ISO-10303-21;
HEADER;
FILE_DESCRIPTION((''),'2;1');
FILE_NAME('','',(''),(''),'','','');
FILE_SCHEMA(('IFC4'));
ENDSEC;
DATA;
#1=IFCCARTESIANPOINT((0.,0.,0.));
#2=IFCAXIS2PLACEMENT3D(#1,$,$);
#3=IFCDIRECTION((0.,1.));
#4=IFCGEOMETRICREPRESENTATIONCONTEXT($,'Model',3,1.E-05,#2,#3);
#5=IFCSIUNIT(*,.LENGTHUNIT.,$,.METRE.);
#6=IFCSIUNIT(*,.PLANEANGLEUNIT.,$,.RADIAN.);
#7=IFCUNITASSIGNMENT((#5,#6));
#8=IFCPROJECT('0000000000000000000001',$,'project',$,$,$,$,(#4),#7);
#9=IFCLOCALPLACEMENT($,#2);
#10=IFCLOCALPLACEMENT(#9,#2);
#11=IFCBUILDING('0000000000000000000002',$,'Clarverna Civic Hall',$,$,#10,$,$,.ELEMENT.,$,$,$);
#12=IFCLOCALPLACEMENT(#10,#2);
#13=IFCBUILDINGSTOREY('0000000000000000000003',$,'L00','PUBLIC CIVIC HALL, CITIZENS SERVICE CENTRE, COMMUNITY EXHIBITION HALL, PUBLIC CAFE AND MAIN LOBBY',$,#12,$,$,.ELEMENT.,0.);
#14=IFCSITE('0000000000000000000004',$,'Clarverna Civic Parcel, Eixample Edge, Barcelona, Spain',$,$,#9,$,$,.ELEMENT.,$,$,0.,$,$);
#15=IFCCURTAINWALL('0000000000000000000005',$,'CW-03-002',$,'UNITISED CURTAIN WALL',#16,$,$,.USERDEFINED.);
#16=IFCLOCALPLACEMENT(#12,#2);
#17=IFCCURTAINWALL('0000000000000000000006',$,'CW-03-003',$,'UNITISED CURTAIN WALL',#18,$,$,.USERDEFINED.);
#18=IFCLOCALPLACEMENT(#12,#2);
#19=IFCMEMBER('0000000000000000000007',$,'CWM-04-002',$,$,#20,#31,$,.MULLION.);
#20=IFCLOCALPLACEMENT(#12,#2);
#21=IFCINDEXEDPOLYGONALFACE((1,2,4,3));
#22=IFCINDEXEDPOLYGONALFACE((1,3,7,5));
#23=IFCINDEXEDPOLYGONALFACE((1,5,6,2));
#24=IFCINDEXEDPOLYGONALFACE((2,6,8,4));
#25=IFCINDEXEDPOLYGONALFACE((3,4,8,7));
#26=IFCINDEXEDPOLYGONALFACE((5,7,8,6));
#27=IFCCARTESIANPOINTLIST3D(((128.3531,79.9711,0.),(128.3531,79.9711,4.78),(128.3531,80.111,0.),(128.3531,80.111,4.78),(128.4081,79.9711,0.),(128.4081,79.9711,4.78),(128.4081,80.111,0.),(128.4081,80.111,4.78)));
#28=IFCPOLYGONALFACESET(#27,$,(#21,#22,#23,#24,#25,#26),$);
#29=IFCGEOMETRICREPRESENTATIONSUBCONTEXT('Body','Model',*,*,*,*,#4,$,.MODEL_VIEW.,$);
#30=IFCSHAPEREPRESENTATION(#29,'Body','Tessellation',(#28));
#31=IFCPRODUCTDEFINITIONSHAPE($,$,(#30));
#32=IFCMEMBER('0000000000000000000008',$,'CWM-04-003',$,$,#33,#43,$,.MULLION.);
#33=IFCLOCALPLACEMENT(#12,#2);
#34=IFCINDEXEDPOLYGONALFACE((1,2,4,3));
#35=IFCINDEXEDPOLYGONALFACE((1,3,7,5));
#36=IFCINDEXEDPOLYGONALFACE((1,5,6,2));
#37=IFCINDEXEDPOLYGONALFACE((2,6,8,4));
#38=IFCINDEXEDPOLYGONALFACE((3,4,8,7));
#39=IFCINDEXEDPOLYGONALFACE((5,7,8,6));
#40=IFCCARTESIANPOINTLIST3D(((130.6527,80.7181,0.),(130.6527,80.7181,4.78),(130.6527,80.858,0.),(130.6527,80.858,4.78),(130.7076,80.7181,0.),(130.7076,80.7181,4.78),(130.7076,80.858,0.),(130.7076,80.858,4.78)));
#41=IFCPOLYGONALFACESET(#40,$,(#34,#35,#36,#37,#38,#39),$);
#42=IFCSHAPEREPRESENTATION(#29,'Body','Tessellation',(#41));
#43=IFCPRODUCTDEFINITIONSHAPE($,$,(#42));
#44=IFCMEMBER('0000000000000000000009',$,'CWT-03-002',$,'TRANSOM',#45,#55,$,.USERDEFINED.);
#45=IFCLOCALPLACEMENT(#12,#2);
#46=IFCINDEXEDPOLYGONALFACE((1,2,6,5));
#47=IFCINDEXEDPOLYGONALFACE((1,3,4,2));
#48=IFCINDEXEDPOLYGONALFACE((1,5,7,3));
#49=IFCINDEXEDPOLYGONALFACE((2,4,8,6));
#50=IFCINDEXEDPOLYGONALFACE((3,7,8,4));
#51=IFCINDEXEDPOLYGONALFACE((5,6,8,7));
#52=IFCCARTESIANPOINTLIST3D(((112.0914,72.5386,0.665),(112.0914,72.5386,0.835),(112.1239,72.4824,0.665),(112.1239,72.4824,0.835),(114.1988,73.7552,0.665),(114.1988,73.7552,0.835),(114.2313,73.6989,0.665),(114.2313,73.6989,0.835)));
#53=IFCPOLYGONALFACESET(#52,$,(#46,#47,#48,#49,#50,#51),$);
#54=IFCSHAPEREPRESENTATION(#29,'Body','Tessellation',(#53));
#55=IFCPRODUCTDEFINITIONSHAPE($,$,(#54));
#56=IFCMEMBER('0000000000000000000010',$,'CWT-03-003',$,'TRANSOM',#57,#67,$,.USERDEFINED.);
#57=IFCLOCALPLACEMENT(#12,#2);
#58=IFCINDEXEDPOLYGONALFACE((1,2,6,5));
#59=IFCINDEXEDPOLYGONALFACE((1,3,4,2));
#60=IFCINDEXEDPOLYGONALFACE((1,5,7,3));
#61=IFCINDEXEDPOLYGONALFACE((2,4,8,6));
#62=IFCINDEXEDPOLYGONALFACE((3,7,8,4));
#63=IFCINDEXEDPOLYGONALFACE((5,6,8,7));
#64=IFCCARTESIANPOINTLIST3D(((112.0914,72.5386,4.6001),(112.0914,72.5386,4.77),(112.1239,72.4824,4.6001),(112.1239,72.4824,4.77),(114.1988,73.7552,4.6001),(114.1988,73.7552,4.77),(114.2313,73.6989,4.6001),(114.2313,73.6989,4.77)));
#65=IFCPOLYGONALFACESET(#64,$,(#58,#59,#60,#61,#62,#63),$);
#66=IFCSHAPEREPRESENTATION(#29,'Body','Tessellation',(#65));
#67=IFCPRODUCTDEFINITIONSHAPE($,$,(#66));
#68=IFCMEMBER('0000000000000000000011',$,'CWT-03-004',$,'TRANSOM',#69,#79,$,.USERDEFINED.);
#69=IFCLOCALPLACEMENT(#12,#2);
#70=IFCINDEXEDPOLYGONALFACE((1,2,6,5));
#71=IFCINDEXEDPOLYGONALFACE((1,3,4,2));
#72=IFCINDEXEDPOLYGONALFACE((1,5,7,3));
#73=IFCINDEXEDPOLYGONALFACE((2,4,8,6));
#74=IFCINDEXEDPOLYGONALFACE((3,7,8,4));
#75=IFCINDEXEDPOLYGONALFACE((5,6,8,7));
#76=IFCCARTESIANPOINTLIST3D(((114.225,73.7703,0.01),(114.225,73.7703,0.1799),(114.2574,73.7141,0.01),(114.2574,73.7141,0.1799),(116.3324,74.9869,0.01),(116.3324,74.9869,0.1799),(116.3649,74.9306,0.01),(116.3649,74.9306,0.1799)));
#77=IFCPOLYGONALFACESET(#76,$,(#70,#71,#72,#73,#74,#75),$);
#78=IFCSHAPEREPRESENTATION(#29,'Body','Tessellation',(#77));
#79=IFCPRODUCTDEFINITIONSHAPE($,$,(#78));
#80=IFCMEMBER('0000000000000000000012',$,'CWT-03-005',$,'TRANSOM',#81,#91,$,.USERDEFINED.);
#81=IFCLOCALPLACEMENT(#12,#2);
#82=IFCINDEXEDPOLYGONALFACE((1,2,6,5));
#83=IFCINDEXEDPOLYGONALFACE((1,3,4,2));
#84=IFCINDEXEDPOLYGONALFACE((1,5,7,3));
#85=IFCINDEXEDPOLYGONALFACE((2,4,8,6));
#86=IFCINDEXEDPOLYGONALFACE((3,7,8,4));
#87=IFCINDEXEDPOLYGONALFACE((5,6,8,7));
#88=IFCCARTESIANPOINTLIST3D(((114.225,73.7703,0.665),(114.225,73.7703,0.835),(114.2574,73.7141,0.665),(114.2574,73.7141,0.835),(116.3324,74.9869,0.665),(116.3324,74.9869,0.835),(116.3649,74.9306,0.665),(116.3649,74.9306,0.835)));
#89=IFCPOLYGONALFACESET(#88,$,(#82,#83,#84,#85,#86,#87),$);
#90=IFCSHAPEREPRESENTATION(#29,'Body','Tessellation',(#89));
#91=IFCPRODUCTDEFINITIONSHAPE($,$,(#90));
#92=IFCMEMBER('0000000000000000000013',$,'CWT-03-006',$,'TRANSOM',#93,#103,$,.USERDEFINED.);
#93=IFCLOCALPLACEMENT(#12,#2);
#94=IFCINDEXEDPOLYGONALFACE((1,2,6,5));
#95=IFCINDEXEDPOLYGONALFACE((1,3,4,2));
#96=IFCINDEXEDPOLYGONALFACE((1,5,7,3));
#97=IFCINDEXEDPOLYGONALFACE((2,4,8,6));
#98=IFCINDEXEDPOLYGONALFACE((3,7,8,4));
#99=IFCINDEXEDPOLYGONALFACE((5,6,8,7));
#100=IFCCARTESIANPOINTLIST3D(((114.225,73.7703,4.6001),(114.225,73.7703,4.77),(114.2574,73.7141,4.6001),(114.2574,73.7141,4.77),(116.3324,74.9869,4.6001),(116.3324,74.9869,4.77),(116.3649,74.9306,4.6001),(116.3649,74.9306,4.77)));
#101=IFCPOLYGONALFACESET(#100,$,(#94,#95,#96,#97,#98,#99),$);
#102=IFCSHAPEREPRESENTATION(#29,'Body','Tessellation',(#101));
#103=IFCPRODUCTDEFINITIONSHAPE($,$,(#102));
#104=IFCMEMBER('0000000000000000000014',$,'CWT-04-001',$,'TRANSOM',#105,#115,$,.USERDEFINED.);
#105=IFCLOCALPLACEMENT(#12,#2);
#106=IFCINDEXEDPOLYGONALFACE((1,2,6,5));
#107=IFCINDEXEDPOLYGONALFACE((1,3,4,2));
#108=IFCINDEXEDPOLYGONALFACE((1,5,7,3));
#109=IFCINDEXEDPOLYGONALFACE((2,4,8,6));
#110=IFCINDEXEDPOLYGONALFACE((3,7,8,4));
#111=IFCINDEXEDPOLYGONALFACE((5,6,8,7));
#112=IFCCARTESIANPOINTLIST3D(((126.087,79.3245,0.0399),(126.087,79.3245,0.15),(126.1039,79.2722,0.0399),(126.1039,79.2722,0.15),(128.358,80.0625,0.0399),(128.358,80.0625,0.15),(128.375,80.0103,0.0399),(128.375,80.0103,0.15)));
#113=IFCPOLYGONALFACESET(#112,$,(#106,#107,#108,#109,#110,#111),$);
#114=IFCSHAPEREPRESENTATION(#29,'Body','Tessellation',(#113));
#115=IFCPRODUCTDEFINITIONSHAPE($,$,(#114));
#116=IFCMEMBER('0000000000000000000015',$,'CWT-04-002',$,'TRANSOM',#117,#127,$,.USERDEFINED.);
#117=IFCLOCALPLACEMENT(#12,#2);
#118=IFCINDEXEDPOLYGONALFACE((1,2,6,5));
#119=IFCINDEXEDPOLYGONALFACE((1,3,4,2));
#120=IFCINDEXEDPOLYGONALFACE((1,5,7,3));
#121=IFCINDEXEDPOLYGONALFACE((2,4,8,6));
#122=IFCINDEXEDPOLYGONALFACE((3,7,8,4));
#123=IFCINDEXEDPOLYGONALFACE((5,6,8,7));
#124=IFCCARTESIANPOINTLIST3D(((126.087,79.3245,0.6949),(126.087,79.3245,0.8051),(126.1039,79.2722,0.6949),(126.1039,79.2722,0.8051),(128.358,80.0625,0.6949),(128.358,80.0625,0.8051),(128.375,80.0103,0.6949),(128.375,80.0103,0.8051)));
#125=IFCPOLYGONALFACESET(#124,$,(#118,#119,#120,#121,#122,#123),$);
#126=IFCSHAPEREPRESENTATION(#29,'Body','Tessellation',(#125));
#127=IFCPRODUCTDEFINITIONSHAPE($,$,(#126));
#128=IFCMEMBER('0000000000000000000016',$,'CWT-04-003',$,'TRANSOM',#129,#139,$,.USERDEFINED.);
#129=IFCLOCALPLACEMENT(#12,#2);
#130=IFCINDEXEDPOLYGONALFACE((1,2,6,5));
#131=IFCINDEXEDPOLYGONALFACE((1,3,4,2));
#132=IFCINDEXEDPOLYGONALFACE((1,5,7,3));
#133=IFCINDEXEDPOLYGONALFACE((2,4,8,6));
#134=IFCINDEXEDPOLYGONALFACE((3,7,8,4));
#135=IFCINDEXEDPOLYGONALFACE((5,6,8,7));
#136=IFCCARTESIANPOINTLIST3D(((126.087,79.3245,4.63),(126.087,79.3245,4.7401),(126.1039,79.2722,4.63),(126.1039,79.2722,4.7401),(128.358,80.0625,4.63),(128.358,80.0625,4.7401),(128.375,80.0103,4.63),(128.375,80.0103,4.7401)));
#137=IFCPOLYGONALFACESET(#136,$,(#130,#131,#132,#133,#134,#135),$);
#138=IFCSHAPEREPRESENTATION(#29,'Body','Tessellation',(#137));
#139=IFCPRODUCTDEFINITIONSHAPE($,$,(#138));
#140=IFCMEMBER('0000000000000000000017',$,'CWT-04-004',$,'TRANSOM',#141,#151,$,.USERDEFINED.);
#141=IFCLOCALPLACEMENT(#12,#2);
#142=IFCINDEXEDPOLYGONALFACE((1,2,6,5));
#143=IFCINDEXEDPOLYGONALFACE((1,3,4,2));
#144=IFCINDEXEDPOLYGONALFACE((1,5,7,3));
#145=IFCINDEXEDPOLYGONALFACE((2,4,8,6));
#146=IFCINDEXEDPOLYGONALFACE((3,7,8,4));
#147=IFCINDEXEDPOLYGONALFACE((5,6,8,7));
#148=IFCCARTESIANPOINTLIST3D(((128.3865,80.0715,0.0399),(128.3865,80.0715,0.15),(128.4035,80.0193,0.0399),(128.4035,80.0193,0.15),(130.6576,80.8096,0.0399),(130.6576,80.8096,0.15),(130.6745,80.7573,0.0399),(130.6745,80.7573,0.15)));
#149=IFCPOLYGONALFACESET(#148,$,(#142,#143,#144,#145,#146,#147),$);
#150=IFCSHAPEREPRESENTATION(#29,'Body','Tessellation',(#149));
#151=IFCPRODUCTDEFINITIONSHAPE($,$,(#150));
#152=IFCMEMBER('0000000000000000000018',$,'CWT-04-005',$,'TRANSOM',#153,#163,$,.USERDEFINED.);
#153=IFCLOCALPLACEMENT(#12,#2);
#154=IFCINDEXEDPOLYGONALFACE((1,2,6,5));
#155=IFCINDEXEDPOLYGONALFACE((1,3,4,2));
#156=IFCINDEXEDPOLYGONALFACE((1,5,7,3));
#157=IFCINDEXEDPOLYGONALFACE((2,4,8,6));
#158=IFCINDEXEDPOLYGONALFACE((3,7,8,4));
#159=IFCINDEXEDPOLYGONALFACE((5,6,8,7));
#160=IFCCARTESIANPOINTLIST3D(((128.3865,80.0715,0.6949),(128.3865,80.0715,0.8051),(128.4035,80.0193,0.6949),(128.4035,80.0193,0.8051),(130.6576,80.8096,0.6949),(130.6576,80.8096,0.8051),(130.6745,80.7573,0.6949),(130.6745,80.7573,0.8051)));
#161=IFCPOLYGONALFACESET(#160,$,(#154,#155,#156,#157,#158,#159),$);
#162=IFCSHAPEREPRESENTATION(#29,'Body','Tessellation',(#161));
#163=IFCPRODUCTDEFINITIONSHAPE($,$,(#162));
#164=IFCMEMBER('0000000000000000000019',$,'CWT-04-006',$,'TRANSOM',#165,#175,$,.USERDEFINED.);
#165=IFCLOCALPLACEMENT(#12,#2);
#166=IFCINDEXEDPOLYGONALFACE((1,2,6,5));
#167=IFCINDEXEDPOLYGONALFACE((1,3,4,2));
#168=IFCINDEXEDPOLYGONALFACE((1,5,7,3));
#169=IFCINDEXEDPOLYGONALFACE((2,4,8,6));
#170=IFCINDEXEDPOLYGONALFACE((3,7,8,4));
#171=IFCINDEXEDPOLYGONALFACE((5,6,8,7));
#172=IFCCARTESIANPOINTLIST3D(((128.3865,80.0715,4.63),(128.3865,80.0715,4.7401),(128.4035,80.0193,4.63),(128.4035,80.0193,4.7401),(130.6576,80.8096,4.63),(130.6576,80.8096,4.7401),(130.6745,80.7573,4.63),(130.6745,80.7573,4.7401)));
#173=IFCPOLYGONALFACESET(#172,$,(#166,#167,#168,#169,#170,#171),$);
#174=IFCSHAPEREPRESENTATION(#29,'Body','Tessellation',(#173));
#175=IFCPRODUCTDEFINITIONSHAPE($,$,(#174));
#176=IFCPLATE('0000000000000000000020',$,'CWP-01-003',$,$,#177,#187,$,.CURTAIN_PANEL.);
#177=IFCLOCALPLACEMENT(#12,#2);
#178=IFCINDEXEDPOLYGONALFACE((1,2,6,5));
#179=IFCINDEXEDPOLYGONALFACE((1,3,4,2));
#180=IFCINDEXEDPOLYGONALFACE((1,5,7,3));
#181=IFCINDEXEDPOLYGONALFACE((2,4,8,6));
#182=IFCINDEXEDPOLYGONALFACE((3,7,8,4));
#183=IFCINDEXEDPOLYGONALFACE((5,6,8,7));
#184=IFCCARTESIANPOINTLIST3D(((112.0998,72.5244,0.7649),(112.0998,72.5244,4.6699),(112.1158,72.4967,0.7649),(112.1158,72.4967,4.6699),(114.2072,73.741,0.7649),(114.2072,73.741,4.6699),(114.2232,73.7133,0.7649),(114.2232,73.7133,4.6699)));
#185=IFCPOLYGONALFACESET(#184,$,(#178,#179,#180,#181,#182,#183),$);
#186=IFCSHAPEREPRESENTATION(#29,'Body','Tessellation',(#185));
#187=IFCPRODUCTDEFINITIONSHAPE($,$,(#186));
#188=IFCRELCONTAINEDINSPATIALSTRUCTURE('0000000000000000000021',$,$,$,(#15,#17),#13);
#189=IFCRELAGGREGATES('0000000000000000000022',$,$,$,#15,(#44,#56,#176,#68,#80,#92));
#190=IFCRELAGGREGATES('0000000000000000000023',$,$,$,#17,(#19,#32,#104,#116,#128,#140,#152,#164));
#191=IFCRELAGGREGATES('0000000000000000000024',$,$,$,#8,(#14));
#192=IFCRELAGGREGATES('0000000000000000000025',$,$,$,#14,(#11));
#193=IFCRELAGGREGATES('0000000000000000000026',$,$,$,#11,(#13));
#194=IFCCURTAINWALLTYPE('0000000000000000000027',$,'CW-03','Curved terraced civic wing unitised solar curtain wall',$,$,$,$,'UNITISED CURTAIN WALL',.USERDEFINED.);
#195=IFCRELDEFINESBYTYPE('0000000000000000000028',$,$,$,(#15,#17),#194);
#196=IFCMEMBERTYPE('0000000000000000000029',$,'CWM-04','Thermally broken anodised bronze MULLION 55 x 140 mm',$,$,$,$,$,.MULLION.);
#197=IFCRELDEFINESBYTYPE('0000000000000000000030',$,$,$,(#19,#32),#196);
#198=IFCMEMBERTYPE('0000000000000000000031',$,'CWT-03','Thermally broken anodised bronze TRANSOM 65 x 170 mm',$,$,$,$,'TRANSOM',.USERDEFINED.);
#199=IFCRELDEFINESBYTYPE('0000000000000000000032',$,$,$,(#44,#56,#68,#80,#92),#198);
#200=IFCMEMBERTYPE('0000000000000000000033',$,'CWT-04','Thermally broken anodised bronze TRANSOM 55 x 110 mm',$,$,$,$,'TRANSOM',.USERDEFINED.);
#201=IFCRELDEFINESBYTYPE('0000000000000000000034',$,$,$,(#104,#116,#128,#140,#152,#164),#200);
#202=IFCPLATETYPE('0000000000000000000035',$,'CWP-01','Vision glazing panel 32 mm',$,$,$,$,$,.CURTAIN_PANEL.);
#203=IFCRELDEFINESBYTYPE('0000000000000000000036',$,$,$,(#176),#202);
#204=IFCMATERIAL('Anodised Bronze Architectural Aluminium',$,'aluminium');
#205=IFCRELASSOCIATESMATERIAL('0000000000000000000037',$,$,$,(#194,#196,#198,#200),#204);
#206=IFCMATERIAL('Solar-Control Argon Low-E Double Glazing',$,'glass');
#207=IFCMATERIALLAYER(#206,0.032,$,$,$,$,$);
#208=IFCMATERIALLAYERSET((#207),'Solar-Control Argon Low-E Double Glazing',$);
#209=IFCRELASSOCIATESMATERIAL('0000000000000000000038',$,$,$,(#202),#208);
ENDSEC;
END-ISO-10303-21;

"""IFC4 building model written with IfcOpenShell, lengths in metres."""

from ifc_helpers import new_model, si_unit, direction, frame, frame_2d, origin, origin_2d, place, context, subcontext, project, spatial, rectangle, extrude, material, layer, layer_set, material_profile, profile_set, type_object, element, aggregate, save


model = new_model("IFC4")

# Units and contexts
model_context = context("Model", 3, precision=1e-05, world=origin(), true_north=direction((0.0, 1.0)))
body_context = subcontext(model_context, "Body", "Model", "MODEL_VIEW")
ifc_project = project(units=[si_unit("LENGTHUNIT", "METRE"), si_unit("PLANEANGLEUNIT", "RADIAN")], contexts=[model_context])

# Site, building, storey
site_placement = place(None, origin())
site = spatial("IfcSite", under=ifc_project, at=site_placement, Name="Clarverna Civic Parcel, Eixample Edge, Barcelona, Spain", CompositionType="ELEMENT", RefElevation=0.0)
building_placement = place(site_placement, origin())
building = spatial("IfcBuilding", under=site, at=building_placement, Name="Clarverna Civic Hall", CompositionType="ELEMENT")
storey_placement = place(building_placement, origin())
storey = spatial("IfcBuildingStorey", under=building, at=storey_placement, Name="L00", Description="PUBLIC CIVIC HALL, CITIZENS SERVICE CENTRE, COMMUNITY EXHIBITION HALL, PUBLIC CAFE AND MAIN LOBBY", CompositionType="ELEMENT", Elevation=0.0)

# Curtain walls, members
ifc_material_1 = material(Name="Anodised Bronze Architectural Aluminium", Category="aluminium")
curtain_wall_type = type_object("IfcCurtainWallType", Name="CW-03", Description="Curved terraced civic wing unitised solar curtain wall", ElementType="UNITISED CURTAIN WALL", PredefinedType="USERDEFINED", material=ifc_material_1)
curtain_wall_1_placement = place(storey_placement, origin())
curtain_wall_1 = element("IfcCurtainWall", 1, at=curtain_wall_1_placement, inside=storey, type_object=curtain_wall_type, Name="CW-03-002", ObjectType="UNITISED CURTAIN WALL", PredefinedType="USERDEFINED")
curtain_wall_2_placement = place(storey_placement, origin())
curtain_wall_2 = element("IfcCurtainWall", 2, at=curtain_wall_2_placement, inside=storey, type_object=curtain_wall_type, Name="CW-03-003", ObjectType="UNITISED CURTAIN WALL", PredefinedType="USERDEFINED")
ifc_material_profile_1 = material_profile(ifc_material_1, rectangle(XDim=0.0549, YDim=0.1399, at=origin_2d()), Name="BRONZE 55x140")
ifc_profile_set_1 = profile_set([ifc_material_profile_1], Name="Anodised Bronze Architectural Aluminium")
member_type_1 = type_object("IfcMemberType", Name="CWM-04", Description="Thermally broken anodised bronze MULLION 55 x 140 mm", PredefinedType="MULLION", material=ifc_profile_set_1)
member_1_placement = place(storey_placement, frame((128.3806, 80.041, 0.0), z_axis=(0.0, 0.0, 1.0), x_axis=(1.0, 0.0, 0.0)))
member_1 = element("IfcMember", 3, at=member_1_placement, type_object=member_type_1, Name="CWM-04-002", PredefinedType="MULLION", context=body_context, shape_type="SweptSolid", body=[
    extrude(rectangle(XDim=0.0549, YDim=0.1399, at=origin_2d()), origin(), (0.0, 0.0, 1.0), 4.78),
])
member_2_placement = place(storey_placement, frame((130.6802, 80.7881, 0.0), z_axis=(0.0, 0.0, 1.0), x_axis=(1.0, 0.0, 0.0)))
member_2 = element("IfcMember", 4, at=member_2_placement, type_object=member_type_1, Name="CWM-04-003", PredefinedType="MULLION", context=body_context, shape_type="SweptSolid", body=[
    extrude(rectangle(XDim=0.0549, YDim=0.1399, at=origin_2d()), origin(), (0.0, 0.0, 1.0), 4.78),
])

# Members
ifc_material_profile_2 = material_profile(ifc_material_1, rectangle(XDim=0.0649, YDim=0.1699, at=origin_2d()), Name="BRONZE 65x170")
ifc_profile_set_2 = profile_set([ifc_material_profile_2], Name="Anodised Bronze Architectural Aluminium")
member_type_2 = type_object("IfcMemberType", Name="CWT-03", Description="Thermally broken anodised bronze TRANSOM 65 x 170 mm", ElementType="TRANSOM", PredefinedType="USERDEFINED", material=ifc_profile_set_2)
member_3_placement = place(storey_placement, frame((112.1077, 72.5105, 0.75), z_axis=(0.866055, 0.499948, 0.0), x_axis=(-0.499948, 0.866055, 0.0)))
member_3 = element("IfcMember", 5, at=member_3_placement, type_object=member_type_2, Name="CWT-03-002", ObjectType="TRANSOM", PredefinedType="USERDEFINED", context=body_context, shape_type="SweptSolid", body=[
    extrude(rectangle(XDim=0.0649, YDim=0.1699, at=origin_2d()), origin(), (0.0, 0.0, 1.0), 2.4333),
])
member_4_placement = place(storey_placement, frame((112.1077, 72.5105, 4.6851), z_axis=(0.866055, 0.499948, 0.0), x_axis=(-0.499948, 0.866055, 0.0)))
member_4 = element("IfcMember", 6, at=member_4_placement, type_object=member_type_2, Name="CWT-03-003", ObjectType="TRANSOM", PredefinedType="USERDEFINED", context=body_context, shape_type="SweptSolid", body=[
    extrude(rectangle(XDim=0.0649, YDim=0.1699, at=origin_2d()), origin(), (0.0, 0.0, 1.0), 2.4333),
])
member_5_placement = place(storey_placement, frame((114.2412, 73.7422, 0.095), z_axis=(0.866055, 0.499948, 0.0), x_axis=(-0.499948, 0.866055, 0.0)))
member_5 = element("IfcMember", 7, at=member_5_placement, type_object=member_type_2, Name="CWT-03-004", ObjectType="TRANSOM", PredefinedType="USERDEFINED", context=body_context, shape_type="SweptSolid", body=[
    extrude(rectangle(XDim=0.0649, YDim=0.1699, at=origin_2d()), origin(), (0.0, 0.0, 1.0), 2.4333),
])
member_6_placement = place(storey_placement, frame((114.2412, 73.7422, 0.75), z_axis=(0.866055, 0.499948, 0.0), x_axis=(-0.499948, 0.866055, 0.0)))
member_6 = element("IfcMember", 8, at=member_6_placement, type_object=member_type_2, Name="CWT-03-005", ObjectType="TRANSOM", PredefinedType="USERDEFINED", context=body_context, shape_type="SweptSolid", body=[
    extrude(rectangle(XDim=0.0649, YDim=0.1699, at=origin_2d()), origin(), (0.0, 0.0, 1.0), 2.4333),
])
member_7_placement = place(storey_placement, frame((114.2412, 73.7422, 4.6851), z_axis=(0.866055, 0.499948, 0.0), x_axis=(-0.499948, 0.866055, 0.0)))
member_7 = element("IfcMember", 9, at=member_7_placement, type_object=member_type_2, Name="CWT-03-006", ObjectType="TRANSOM", PredefinedType="USERDEFINED", context=body_context, shape_type="SweptSolid", body=[
    extrude(rectangle(XDim=0.0649, YDim=0.1699, at=origin_2d()), origin(), (0.0, 0.0, 1.0), 2.4333),
])
ifc_material_profile_3 = material_profile(ifc_material_1, rectangle(XDim=0.0549, YDim=0.1101, at=origin_2d()), Name="BRONZE 55x110")
ifc_profile_set_3 = profile_set([ifc_material_profile_3], Name="Anodised Bronze Architectural Aluminium")
member_type_3 = type_object("IfcMemberType", Name="CWT-04", Description="Thermally broken anodised bronze TRANSOM 55 x 110 mm", ElementType="TRANSOM", PredefinedType="USERDEFINED", material=ifc_profile_set_3)
member_8_placement = place(storey_placement, frame((126.0955, 79.2983, 0.095), z_axis=(0.951039, 0.309072, 0.0), x_axis=(-0.309072, 0.951039, 0.0)))
member_8 = element("IfcMember", 10, at=member_8_placement, type_object=member_type_3, Name="CWT-04-001", ObjectType="TRANSOM", PredefinedType="USERDEFINED", context=body_context, shape_type="SweptSolid", body=[
    extrude(rectangle(XDim=0.0549, YDim=0.1101, at=origin_2d()), origin(), (0.0, 0.0, 1.0), 2.3879),
])
member_9_placement = place(storey_placement, frame((126.0955, 79.2983, 0.75), z_axis=(0.951039, 0.309072, 0.0), x_axis=(-0.309072, 0.951039, 0.0)))
member_9 = element("IfcMember", 11, at=member_9_placement, type_object=member_type_3, Name="CWT-04-002", ObjectType="TRANSOM", PredefinedType="USERDEFINED", context=body_context, shape_type="SweptSolid", body=[
    extrude(rectangle(XDim=0.0549, YDim=0.1101, at=origin_2d()), origin(), (0.0, 0.0, 1.0), 2.3879),
])
member_10_placement = place(storey_placement, frame((126.0955, 79.2983, 4.6851), z_axis=(0.951039, 0.309072, 0.0), x_axis=(-0.309072, 0.951039, 0.0)))
member_10 = element("IfcMember", 12, at=member_10_placement, type_object=member_type_3, Name="CWT-04-003", ObjectType="TRANSOM", PredefinedType="USERDEFINED", context=body_context, shape_type="SweptSolid", body=[
    extrude(rectangle(XDim=0.0549, YDim=0.1101, at=origin_2d()), origin(), (0.0, 0.0, 1.0), 2.3879),
])
member_11_placement = place(storey_placement, frame((128.395, 80.0454, 0.095), z_axis=(0.951039, 0.309072, 0.0), x_axis=(-0.309072, 0.951039, 0.0)))
member_11 = element("IfcMember", 13, at=member_11_placement, type_object=member_type_3, Name="CWT-04-004", ObjectType="TRANSOM", PredefinedType="USERDEFINED", context=body_context, shape_type="SweptSolid", body=[
    extrude(rectangle(XDim=0.0549, YDim=0.1101, at=origin_2d()), origin(), (0.0, 0.0, 1.0), 2.3879),
])
member_12_placement = place(storey_placement, frame((128.395, 80.0454, 0.75), z_axis=(0.951039, 0.309072, 0.0), x_axis=(-0.309072, 0.951039, 0.0)))
member_12 = element("IfcMember", 14, at=member_12_placement, type_object=member_type_3, Name="CWT-04-005", ObjectType="TRANSOM", PredefinedType="USERDEFINED", context=body_context, shape_type="SweptSolid", body=[
    extrude(rectangle(XDim=0.0549, YDim=0.1101, at=origin_2d()), origin(), (0.0, 0.0, 1.0), 2.3879),
])
member_13_placement = place(storey_placement, frame((128.395, 80.0454, 4.6851), z_axis=(0.951039, 0.309072, 0.0), x_axis=(-0.309072, 0.951039, 0.0)))
member_13 = element("IfcMember", 15, at=member_13_placement, type_object=member_type_3, Name="CWT-04-006", ObjectType="TRANSOM", PredefinedType="USERDEFINED", context=body_context, shape_type="SweptSolid", body=[
    extrude(rectangle(XDim=0.0549, YDim=0.1101, at=origin_2d()), origin(), (0.0, 0.0, 1.0), 2.3879),
])

# Plate
ifc_material_2 = material(Name="Solar-Control Argon Low-E Double Glazing", Category="glass")
ifc_layer_1 = layer(ifc_material_2, 0.032)
ifc_layer_set_1 = layer_set([ifc_layer_1], Name="Solar-Control Argon Low-E Double Glazing")
plate_type_1 = type_object("IfcPlateType", Name="CWP-01", Description="Vision glazing panel 32 mm", PredefinedType="CURTAIN_PANEL", material=ifc_layer_set_1)
plate_1_placement = place(storey_placement, frame((112.1077, 72.5105, 0.7649), z_axis=(0.0, 0.0, 1.0), x_axis=(0.866055, 0.499948, 0.0)))
plate_1 = element("IfcPlate", 16, at=plate_1_placement, type_object=plate_type_1, Name="CWP-01-003", PredefinedType="CURTAIN_PANEL", context=body_context, shape_type="SweptSolid", body=[
    extrude(rectangle(XDim=2.4333, YDim=0.032, at=frame_2d((1.2168, 0.0))), origin(), (0.0, 0.0, 1.0), 3.905),
])
aggregate(curtain_wall_1, [member_3, member_4, plate_1, member_5, member_6, member_7])
aggregate(curtain_wall_2, [member_1, member_2, member_8, member_9, member_10, member_11, member_12, member_13])

save(model, "model.ifc")
